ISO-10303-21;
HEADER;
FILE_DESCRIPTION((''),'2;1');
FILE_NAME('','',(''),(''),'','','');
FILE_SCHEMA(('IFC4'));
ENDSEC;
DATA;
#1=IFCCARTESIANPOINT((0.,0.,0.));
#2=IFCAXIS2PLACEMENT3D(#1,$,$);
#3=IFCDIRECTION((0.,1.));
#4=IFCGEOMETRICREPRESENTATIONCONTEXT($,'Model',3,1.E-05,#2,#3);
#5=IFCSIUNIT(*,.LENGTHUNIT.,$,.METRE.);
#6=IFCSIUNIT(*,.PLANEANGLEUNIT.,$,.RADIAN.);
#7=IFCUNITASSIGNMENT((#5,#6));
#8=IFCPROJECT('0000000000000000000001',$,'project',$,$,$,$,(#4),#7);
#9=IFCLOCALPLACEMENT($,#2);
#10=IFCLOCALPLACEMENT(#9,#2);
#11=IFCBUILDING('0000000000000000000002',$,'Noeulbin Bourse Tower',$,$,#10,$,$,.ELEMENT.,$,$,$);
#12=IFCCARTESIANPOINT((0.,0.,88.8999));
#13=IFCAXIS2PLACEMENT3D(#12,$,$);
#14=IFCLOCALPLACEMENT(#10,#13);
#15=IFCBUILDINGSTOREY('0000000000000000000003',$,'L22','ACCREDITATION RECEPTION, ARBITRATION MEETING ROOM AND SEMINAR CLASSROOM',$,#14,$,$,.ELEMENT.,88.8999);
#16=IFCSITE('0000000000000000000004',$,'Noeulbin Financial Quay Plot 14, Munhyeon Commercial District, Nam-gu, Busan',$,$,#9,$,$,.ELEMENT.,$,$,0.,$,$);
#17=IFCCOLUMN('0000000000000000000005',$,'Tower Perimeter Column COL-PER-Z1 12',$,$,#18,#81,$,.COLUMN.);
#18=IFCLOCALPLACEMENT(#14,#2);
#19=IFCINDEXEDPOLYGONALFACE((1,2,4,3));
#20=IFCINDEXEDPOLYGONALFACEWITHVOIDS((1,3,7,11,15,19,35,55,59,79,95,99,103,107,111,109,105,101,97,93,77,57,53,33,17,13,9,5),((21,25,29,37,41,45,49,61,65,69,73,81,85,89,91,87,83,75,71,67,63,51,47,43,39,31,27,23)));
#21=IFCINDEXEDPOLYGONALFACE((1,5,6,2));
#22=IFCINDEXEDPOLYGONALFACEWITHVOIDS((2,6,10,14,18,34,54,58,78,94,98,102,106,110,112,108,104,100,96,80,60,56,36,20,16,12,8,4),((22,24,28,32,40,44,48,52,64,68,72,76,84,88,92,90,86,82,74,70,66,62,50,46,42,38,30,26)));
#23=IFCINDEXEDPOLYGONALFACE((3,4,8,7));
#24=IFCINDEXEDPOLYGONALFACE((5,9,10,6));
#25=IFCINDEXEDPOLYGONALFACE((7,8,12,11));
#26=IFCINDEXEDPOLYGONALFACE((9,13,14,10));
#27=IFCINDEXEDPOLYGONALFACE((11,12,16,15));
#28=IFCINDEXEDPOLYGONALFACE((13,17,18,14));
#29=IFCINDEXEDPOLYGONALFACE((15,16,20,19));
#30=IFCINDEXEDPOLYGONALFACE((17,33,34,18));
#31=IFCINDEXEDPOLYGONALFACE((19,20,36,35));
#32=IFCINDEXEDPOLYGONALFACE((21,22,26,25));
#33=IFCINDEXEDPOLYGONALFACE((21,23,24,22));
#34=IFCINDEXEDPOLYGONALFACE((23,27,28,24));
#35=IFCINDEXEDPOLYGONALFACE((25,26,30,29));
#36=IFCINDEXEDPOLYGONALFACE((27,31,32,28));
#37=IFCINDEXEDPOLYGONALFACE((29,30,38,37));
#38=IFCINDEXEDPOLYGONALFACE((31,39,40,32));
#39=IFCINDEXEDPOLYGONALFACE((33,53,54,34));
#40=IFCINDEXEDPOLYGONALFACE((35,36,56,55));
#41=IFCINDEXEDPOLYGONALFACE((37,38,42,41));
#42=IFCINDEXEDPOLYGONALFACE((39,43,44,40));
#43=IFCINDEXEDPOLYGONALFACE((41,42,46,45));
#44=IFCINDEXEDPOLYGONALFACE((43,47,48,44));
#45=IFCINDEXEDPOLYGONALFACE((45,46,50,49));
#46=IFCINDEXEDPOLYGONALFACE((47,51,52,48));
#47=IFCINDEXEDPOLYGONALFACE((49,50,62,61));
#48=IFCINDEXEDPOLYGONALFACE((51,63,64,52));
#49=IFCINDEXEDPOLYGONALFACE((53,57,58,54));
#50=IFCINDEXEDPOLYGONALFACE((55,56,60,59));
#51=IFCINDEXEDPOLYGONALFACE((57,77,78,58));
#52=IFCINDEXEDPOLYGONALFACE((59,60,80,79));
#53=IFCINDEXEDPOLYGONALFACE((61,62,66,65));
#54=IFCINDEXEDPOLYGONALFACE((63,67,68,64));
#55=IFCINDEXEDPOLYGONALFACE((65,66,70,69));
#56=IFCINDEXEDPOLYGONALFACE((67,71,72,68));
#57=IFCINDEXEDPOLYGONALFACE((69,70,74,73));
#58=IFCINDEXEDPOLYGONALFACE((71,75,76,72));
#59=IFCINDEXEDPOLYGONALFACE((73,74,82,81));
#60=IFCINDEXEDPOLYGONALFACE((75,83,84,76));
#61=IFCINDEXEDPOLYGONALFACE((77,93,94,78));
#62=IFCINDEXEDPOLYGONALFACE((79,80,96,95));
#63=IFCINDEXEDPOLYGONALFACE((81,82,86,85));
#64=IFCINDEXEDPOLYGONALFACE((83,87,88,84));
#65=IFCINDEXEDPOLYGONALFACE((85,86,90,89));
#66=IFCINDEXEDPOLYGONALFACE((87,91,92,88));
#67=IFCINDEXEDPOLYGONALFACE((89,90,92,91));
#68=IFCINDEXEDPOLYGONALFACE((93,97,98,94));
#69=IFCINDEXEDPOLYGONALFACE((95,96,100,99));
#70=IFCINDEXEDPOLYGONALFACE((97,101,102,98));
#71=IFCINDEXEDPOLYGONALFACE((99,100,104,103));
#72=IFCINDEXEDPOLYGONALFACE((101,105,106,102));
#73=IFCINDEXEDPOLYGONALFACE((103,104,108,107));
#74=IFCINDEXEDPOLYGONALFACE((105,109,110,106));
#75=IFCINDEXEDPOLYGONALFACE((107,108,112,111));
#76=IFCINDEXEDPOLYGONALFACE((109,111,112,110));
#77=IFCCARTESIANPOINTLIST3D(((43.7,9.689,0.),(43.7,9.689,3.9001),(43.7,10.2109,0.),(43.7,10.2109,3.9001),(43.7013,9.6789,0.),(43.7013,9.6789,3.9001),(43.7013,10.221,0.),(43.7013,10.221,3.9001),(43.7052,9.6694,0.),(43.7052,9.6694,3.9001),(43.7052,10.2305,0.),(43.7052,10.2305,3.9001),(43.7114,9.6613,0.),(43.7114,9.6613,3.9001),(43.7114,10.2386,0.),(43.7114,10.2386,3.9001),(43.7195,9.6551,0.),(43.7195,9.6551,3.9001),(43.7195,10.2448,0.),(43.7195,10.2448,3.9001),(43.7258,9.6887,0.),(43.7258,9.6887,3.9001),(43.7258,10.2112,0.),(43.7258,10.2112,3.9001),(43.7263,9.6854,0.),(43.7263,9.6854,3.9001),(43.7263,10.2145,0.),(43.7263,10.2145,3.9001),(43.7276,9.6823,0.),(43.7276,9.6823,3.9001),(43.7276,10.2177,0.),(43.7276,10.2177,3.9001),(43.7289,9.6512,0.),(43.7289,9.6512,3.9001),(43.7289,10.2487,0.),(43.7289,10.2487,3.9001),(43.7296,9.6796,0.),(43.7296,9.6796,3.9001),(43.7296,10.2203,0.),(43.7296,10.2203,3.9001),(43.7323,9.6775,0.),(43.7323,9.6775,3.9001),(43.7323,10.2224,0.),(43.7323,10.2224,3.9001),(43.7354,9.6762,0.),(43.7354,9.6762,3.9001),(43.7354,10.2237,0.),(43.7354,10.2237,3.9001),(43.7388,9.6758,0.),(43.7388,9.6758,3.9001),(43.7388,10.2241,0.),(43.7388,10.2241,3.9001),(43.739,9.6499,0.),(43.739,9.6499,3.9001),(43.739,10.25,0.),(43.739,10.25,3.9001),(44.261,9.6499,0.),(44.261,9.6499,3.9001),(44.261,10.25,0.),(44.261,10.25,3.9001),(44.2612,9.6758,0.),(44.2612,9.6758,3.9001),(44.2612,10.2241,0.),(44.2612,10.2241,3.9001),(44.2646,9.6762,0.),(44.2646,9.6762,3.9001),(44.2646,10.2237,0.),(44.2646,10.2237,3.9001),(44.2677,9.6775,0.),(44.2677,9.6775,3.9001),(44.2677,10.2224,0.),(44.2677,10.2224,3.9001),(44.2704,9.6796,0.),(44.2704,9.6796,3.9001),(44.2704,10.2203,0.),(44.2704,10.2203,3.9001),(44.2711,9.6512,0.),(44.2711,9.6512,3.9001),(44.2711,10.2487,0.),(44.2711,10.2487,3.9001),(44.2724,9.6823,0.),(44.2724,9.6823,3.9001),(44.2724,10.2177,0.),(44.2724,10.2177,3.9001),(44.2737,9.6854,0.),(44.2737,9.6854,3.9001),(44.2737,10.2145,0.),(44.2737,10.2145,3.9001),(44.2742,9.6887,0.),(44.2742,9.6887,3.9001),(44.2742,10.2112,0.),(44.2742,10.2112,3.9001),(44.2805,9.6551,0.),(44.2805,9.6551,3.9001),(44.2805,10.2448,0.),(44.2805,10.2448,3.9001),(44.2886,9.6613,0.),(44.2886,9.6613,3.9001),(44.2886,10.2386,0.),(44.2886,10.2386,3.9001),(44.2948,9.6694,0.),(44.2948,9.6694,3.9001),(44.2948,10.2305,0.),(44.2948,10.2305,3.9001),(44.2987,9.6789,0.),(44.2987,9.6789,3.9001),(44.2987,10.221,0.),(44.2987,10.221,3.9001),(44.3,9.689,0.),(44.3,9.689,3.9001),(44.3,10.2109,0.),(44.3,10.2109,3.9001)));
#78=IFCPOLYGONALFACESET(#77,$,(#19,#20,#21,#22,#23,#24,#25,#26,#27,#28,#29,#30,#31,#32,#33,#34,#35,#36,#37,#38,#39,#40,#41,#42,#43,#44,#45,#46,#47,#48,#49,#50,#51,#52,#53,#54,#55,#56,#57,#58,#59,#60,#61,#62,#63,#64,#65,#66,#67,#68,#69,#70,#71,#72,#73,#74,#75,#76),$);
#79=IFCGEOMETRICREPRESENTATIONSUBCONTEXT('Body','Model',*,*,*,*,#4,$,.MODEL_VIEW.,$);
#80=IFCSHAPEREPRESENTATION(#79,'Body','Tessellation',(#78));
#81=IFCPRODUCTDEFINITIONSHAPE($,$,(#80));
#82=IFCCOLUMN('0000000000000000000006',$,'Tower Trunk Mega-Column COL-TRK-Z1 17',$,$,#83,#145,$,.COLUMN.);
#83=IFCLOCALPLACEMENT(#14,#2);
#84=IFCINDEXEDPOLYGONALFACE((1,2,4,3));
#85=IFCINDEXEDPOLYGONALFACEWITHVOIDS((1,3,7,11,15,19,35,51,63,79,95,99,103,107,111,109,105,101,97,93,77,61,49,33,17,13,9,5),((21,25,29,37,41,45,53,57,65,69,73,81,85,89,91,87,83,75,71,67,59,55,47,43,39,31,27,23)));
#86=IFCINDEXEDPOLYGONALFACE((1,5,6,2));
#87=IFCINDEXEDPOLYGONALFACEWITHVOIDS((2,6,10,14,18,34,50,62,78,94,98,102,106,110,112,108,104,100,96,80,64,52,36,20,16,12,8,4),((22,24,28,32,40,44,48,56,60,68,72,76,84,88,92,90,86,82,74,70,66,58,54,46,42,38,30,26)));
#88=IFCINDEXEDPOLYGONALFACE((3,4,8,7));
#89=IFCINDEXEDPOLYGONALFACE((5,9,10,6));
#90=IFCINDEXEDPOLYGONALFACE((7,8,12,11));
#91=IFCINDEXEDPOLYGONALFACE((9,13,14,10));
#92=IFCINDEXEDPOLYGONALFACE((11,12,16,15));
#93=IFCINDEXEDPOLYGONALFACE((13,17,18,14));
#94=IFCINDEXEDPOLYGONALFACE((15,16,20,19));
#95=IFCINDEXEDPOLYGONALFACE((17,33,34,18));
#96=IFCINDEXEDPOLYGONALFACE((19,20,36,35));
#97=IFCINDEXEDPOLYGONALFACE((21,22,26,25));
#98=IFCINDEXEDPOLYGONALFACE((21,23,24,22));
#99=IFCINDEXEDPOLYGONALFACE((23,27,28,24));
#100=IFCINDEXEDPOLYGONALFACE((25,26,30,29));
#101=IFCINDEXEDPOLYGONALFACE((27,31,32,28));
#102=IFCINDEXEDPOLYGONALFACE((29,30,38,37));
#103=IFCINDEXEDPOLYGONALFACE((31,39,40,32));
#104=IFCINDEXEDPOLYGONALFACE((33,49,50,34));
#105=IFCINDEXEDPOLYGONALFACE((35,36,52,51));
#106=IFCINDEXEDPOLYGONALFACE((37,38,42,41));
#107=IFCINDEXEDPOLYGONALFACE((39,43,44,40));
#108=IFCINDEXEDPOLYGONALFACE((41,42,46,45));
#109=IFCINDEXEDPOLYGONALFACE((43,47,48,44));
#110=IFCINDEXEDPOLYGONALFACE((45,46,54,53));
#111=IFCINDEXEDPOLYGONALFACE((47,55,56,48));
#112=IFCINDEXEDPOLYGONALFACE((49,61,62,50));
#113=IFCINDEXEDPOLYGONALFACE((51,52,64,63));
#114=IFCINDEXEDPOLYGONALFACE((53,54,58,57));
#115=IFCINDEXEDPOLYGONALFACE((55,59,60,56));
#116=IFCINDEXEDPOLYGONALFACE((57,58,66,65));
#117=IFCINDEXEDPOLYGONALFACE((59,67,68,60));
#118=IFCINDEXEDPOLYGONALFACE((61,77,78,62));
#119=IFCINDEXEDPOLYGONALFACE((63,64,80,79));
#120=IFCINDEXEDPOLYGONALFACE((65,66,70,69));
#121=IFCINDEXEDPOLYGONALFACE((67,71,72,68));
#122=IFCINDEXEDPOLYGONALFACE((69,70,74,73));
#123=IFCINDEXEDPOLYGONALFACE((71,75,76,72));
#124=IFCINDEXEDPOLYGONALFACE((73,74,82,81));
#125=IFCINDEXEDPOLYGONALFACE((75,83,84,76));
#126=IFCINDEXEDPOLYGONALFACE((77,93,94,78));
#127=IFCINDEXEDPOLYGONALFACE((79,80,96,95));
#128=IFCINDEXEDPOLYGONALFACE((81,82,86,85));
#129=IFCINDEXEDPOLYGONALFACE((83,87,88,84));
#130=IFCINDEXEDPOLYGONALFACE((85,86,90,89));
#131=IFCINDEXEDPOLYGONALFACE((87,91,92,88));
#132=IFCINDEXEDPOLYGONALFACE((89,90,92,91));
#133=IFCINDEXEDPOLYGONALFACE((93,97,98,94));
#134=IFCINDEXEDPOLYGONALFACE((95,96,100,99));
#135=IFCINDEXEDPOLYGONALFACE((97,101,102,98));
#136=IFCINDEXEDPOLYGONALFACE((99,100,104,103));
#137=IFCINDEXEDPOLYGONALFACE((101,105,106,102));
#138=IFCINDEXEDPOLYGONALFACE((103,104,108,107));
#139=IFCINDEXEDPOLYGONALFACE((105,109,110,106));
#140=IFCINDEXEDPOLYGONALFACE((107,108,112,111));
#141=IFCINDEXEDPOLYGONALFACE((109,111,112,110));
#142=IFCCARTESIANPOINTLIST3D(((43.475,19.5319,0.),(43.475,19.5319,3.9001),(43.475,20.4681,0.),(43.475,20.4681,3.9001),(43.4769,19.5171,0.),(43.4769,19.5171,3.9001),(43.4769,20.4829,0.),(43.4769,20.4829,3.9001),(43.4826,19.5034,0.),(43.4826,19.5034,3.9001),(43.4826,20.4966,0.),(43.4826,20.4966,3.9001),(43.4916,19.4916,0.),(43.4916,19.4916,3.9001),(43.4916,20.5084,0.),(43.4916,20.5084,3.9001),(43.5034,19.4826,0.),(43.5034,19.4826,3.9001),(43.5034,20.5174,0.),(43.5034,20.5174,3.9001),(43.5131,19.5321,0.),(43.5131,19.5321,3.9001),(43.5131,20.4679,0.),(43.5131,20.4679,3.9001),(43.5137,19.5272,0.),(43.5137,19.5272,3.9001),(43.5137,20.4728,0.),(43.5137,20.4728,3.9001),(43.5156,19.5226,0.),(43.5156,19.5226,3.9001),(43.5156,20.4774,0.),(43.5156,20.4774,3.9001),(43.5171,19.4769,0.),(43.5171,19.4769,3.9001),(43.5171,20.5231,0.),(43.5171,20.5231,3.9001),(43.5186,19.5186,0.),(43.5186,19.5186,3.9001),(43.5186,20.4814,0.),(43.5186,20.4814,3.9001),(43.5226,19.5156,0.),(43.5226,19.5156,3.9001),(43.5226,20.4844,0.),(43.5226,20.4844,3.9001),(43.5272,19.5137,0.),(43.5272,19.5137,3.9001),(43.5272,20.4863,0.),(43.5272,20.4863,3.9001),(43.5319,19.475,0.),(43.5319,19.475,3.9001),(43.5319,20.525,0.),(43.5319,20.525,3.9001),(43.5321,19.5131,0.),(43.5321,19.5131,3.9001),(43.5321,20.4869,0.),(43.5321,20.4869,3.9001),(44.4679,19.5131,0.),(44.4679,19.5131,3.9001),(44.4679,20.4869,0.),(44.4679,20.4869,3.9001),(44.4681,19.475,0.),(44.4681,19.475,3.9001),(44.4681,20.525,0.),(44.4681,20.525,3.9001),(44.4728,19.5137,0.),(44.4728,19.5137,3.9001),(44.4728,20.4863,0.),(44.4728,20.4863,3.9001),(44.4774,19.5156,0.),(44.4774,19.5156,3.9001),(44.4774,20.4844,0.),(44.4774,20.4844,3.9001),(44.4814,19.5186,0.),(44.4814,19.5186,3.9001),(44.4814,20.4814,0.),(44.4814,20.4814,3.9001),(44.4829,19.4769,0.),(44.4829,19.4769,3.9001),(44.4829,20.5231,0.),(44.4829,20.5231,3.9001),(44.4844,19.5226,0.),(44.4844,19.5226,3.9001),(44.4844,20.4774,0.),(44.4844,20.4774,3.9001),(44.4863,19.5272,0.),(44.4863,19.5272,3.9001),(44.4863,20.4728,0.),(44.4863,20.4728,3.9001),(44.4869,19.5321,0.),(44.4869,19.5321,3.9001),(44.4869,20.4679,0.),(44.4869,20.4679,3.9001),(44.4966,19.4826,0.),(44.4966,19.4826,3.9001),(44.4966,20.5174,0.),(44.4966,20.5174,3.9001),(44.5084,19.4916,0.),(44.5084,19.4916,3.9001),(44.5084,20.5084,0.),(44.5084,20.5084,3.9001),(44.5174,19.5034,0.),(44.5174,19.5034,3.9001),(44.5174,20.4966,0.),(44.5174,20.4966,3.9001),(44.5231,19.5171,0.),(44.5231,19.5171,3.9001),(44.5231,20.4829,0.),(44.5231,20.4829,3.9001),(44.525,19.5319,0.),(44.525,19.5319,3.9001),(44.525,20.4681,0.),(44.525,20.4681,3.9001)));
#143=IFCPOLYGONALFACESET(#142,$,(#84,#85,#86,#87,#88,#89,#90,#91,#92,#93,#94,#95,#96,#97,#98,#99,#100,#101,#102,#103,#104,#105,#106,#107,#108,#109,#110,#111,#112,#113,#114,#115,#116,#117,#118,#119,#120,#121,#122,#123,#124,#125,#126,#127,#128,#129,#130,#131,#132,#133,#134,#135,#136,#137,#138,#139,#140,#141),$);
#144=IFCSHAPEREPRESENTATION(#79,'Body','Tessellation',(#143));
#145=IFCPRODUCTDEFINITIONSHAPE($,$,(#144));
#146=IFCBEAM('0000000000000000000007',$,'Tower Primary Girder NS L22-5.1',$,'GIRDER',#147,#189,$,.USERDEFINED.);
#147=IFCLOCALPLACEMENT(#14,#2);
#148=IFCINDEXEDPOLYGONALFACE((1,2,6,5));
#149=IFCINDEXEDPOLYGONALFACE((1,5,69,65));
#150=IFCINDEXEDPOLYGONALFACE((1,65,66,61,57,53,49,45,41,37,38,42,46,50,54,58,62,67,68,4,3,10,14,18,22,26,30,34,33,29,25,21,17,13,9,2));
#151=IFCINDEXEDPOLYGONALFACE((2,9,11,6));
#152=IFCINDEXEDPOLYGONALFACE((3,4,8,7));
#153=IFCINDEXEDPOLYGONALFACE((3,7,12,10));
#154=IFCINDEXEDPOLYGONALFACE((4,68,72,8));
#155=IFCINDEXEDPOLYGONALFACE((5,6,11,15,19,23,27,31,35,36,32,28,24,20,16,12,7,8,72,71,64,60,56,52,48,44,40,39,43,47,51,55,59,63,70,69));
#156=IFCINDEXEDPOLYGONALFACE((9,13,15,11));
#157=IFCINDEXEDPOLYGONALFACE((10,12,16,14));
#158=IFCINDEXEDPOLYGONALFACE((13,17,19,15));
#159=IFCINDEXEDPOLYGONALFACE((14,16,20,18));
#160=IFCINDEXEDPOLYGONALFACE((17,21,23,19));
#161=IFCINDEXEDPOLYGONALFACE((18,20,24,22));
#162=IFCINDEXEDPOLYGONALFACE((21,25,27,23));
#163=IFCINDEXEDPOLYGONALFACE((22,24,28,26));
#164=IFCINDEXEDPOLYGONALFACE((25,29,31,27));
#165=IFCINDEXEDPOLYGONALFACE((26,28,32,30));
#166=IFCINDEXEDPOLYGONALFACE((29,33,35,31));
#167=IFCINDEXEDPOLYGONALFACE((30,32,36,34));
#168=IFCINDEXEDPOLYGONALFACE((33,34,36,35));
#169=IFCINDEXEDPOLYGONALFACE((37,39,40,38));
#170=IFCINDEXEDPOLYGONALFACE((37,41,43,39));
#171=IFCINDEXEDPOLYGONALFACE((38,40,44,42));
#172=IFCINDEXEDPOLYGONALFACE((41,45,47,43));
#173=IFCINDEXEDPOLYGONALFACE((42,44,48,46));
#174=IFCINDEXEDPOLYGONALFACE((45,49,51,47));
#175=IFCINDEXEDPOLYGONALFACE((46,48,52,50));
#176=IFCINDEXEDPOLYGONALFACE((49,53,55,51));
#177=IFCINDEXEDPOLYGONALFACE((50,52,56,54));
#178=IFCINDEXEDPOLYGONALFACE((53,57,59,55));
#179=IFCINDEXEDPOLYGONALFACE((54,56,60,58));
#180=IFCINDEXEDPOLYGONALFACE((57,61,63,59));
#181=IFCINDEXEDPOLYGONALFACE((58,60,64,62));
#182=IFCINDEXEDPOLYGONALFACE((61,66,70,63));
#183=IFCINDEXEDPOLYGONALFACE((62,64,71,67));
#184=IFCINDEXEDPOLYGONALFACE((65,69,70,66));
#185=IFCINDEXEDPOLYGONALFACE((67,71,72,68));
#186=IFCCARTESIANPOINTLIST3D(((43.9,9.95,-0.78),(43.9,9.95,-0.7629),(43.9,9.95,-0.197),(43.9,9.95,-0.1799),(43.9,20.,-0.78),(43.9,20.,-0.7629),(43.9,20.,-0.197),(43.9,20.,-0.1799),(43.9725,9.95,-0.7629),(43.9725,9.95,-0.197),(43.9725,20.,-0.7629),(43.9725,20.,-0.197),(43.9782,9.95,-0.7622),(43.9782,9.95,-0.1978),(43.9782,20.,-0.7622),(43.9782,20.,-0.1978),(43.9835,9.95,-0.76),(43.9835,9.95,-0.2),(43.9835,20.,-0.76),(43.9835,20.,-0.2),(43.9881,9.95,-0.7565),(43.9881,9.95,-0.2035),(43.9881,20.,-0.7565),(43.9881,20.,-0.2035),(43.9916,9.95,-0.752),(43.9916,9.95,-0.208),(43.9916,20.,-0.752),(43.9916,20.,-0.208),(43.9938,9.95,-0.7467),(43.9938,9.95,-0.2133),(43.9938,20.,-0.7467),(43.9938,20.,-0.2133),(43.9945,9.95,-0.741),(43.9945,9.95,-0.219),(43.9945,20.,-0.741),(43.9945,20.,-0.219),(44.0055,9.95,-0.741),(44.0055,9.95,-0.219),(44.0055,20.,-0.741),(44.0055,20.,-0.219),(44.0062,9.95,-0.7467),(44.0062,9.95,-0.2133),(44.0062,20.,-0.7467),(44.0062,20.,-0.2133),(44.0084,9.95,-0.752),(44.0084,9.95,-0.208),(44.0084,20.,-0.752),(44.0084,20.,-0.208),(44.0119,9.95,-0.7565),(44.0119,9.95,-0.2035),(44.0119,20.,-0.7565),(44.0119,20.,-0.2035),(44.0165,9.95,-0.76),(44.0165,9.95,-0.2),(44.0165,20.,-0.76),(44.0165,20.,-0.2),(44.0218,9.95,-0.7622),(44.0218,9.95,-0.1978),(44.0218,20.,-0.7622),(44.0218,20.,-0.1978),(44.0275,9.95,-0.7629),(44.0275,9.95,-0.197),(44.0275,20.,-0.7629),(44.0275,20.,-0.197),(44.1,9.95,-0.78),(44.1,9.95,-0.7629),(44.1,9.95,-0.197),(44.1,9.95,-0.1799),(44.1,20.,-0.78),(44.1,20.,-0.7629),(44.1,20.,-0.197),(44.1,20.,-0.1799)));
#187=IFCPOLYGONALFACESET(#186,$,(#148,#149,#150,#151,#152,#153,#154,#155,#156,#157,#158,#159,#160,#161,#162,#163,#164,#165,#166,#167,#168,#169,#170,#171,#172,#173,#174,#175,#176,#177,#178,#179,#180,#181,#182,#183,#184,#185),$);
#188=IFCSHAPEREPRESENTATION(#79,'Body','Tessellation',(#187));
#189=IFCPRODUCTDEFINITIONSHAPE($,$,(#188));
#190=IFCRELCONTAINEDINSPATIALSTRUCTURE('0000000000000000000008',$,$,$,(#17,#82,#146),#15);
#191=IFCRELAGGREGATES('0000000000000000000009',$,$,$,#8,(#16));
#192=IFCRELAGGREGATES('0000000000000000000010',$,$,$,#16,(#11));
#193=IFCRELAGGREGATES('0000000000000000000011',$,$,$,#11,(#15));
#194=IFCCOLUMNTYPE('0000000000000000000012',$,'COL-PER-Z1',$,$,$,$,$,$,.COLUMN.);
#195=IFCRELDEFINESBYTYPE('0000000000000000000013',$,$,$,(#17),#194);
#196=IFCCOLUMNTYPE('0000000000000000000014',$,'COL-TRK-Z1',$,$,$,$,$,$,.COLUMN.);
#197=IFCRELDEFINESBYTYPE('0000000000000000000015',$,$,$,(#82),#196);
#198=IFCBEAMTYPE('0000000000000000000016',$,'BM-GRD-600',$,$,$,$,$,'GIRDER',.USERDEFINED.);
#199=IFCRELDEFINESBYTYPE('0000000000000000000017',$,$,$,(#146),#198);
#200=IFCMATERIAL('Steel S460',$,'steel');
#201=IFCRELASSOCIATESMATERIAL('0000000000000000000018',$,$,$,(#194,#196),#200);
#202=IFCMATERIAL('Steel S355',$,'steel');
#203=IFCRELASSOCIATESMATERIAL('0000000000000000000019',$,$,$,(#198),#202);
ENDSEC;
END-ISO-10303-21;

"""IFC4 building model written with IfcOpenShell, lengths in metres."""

from ifc_helpers import new_model, si_unit, direction, frame, origin, origin_2d, place, context, subcontext, project, spatial, hollow_rectangle, i_section, extrude, material, material_profile, profile_set, type_object, element, save


model = new_model("IFC4")

# Units and contexts
model_context = context("Model", 3, precision=1e-05, world=origin(), true_north=direction((0.0, 1.0)))
body_context = subcontext(model_context, "Body", "Model", "MODEL_VIEW")
ifc_project = project(units=[si_unit("LENGTHUNIT", "METRE"), si_unit("PLANEANGLEUNIT", "RADIAN")], contexts=[model_context])

# Site, building, storey
site_placement = place(None, origin())
site = spatial("IfcSite", under=ifc_project, at=site_placement, Name="Noeulbin Financial Quay Plot 14, Munhyeon Commercial District, Nam-gu, Busan", CompositionType="ELEMENT", RefElevation=0.0)
building_placement = place(site_placement, origin())
building = spatial("IfcBuilding", under=site, at=building_placement, Name="Noeulbin Bourse Tower", CompositionType="ELEMENT")
storey_placement = place(building_placement, frame((0.0, 0.0, 88.8999)))
storey = spatial("IfcBuildingStorey", under=building, at=storey_placement, Name="L22", Description="ACCREDITATION RECEPTION, ARBITRATION MEETING ROOM AND SEMINAR CLASSROOM", CompositionType="ELEMENT", Elevation=88.8999)

# Columns
ifc_material_1 = material(Name="Steel S460", Category="steel")
ifc_material_profile_1 = material_profile(ifc_material_1, hollow_rectangle(XDim=0.6001, YDim=0.6001, WallThickness=0.0259, InnerFilletRadius=0.0129, OuterFilletRadius=0.0391, at=origin_2d()), Name="BOX-600x600x26", Category="LoadBearing")
ifc_profile_set_1 = profile_set([ifc_material_profile_1], Name="Steel S460")
column_type_1 = type_object("IfcColumnType", Name="COL-PER-Z1", PredefinedType="COLUMN", material=ifc_profile_set_1)
column_1_placement = place(storey_placement, frame((44.0, 9.95, 0.0), z_axis=(0.0, 0.0, 1.0), x_axis=(1.0, 0.0, 0.0)))
element("IfcColumn", 1, at=column_1_placement, inside=storey, type_object=column_type_1, Name="Tower Perimeter Column COL-PER-Z1 12", PredefinedType="COLUMN", context=body_context, shape_type="SweptSolid", body=[
    extrude(hollow_rectangle(XDim=0.6001, YDim=0.6001, WallThickness=0.0259, InnerFilletRadius=0.0129, OuterFilletRadius=0.0391, at=origin_2d()), origin(), (0.0, 0.0, 1.0), 3.9001),
])
ifc_material_profile_2 = material_profile(ifc_material_1, hollow_rectangle(XDim=1.05, YDim=1.05, WallThickness=0.0381, InnerFilletRadius=0.019, OuterFilletRadius=0.0569, at=origin_2d()), Name="BOX-1050x1050x38", Category="LoadBearing")
ifc_profile_set_2 = profile_set([ifc_material_profile_2], Name="Steel S460")
column_type_2 = type_object("IfcColumnType", Name="COL-TRK-Z1", PredefinedType="COLUMN", material=ifc_profile_set_2)
column_2_placement = place(storey_placement, frame((44.0, 20.0, 0.0), z_axis=(0.0, 0.0, 1.0), x_axis=(1.0, 0.0, 0.0)))
element("IfcColumn", 2, at=column_2_placement, inside=storey, type_object=column_type_2, Name="Tower Trunk Mega-Column COL-TRK-Z1 17", PredefinedType="COLUMN", context=body_context, shape_type="SweptSolid", body=[
    extrude(hollow_rectangle(XDim=1.05, YDim=1.05, WallThickness=0.0381, InnerFilletRadius=0.019, OuterFilletRadius=0.0569, at=origin_2d()), origin(), (0.0, 0.0, 1.0), 3.9001),
])

# Beam
ifc_material_2 = material(Name="Steel S355", Category="steel")
ifc_material_profile_3 = material_profile(ifc_material_2, i_section(OverallWidth=0.2, OverallDepth=0.6001, WebThickness=0.011, FlangeThickness=0.0171, FilletRadius=0.022, at=origin_2d()), Name="H-600x200x11x17", Category="LoadBearing")
ifc_profile_set_3 = profile_set([ifc_material_profile_3], Name="Steel S355")
beam_type_1 = type_object("IfcBeamType", Name="BM-GRD-600", ElementType="GIRDER", PredefinedType="USERDEFINED", material=ifc_profile_set_3)
beam_1_placement = place(storey_placement, frame((44.0, 9.95, -0.48), z_axis=(0.0, 1.0, 0.0), x_axis=(-1.0, 0.0, 0.0)))
element("IfcBeam", 3, at=beam_1_placement, inside=storey, type_object=beam_type_1, Name="Tower Primary Girder NS L22-5.1", ObjectType="GIRDER", PredefinedType="USERDEFINED", context=body_context, shape_type="SweptSolid", body=[
    extrude(i_section(OverallWidth=0.2, OverallDepth=0.6001, WebThickness=0.011, FlangeThickness=0.0171, FilletRadius=0.022, at=origin_2d()), origin(), (0.0, 0.0, 1.0), 10.05),
])

save(model, "model.ifc")
